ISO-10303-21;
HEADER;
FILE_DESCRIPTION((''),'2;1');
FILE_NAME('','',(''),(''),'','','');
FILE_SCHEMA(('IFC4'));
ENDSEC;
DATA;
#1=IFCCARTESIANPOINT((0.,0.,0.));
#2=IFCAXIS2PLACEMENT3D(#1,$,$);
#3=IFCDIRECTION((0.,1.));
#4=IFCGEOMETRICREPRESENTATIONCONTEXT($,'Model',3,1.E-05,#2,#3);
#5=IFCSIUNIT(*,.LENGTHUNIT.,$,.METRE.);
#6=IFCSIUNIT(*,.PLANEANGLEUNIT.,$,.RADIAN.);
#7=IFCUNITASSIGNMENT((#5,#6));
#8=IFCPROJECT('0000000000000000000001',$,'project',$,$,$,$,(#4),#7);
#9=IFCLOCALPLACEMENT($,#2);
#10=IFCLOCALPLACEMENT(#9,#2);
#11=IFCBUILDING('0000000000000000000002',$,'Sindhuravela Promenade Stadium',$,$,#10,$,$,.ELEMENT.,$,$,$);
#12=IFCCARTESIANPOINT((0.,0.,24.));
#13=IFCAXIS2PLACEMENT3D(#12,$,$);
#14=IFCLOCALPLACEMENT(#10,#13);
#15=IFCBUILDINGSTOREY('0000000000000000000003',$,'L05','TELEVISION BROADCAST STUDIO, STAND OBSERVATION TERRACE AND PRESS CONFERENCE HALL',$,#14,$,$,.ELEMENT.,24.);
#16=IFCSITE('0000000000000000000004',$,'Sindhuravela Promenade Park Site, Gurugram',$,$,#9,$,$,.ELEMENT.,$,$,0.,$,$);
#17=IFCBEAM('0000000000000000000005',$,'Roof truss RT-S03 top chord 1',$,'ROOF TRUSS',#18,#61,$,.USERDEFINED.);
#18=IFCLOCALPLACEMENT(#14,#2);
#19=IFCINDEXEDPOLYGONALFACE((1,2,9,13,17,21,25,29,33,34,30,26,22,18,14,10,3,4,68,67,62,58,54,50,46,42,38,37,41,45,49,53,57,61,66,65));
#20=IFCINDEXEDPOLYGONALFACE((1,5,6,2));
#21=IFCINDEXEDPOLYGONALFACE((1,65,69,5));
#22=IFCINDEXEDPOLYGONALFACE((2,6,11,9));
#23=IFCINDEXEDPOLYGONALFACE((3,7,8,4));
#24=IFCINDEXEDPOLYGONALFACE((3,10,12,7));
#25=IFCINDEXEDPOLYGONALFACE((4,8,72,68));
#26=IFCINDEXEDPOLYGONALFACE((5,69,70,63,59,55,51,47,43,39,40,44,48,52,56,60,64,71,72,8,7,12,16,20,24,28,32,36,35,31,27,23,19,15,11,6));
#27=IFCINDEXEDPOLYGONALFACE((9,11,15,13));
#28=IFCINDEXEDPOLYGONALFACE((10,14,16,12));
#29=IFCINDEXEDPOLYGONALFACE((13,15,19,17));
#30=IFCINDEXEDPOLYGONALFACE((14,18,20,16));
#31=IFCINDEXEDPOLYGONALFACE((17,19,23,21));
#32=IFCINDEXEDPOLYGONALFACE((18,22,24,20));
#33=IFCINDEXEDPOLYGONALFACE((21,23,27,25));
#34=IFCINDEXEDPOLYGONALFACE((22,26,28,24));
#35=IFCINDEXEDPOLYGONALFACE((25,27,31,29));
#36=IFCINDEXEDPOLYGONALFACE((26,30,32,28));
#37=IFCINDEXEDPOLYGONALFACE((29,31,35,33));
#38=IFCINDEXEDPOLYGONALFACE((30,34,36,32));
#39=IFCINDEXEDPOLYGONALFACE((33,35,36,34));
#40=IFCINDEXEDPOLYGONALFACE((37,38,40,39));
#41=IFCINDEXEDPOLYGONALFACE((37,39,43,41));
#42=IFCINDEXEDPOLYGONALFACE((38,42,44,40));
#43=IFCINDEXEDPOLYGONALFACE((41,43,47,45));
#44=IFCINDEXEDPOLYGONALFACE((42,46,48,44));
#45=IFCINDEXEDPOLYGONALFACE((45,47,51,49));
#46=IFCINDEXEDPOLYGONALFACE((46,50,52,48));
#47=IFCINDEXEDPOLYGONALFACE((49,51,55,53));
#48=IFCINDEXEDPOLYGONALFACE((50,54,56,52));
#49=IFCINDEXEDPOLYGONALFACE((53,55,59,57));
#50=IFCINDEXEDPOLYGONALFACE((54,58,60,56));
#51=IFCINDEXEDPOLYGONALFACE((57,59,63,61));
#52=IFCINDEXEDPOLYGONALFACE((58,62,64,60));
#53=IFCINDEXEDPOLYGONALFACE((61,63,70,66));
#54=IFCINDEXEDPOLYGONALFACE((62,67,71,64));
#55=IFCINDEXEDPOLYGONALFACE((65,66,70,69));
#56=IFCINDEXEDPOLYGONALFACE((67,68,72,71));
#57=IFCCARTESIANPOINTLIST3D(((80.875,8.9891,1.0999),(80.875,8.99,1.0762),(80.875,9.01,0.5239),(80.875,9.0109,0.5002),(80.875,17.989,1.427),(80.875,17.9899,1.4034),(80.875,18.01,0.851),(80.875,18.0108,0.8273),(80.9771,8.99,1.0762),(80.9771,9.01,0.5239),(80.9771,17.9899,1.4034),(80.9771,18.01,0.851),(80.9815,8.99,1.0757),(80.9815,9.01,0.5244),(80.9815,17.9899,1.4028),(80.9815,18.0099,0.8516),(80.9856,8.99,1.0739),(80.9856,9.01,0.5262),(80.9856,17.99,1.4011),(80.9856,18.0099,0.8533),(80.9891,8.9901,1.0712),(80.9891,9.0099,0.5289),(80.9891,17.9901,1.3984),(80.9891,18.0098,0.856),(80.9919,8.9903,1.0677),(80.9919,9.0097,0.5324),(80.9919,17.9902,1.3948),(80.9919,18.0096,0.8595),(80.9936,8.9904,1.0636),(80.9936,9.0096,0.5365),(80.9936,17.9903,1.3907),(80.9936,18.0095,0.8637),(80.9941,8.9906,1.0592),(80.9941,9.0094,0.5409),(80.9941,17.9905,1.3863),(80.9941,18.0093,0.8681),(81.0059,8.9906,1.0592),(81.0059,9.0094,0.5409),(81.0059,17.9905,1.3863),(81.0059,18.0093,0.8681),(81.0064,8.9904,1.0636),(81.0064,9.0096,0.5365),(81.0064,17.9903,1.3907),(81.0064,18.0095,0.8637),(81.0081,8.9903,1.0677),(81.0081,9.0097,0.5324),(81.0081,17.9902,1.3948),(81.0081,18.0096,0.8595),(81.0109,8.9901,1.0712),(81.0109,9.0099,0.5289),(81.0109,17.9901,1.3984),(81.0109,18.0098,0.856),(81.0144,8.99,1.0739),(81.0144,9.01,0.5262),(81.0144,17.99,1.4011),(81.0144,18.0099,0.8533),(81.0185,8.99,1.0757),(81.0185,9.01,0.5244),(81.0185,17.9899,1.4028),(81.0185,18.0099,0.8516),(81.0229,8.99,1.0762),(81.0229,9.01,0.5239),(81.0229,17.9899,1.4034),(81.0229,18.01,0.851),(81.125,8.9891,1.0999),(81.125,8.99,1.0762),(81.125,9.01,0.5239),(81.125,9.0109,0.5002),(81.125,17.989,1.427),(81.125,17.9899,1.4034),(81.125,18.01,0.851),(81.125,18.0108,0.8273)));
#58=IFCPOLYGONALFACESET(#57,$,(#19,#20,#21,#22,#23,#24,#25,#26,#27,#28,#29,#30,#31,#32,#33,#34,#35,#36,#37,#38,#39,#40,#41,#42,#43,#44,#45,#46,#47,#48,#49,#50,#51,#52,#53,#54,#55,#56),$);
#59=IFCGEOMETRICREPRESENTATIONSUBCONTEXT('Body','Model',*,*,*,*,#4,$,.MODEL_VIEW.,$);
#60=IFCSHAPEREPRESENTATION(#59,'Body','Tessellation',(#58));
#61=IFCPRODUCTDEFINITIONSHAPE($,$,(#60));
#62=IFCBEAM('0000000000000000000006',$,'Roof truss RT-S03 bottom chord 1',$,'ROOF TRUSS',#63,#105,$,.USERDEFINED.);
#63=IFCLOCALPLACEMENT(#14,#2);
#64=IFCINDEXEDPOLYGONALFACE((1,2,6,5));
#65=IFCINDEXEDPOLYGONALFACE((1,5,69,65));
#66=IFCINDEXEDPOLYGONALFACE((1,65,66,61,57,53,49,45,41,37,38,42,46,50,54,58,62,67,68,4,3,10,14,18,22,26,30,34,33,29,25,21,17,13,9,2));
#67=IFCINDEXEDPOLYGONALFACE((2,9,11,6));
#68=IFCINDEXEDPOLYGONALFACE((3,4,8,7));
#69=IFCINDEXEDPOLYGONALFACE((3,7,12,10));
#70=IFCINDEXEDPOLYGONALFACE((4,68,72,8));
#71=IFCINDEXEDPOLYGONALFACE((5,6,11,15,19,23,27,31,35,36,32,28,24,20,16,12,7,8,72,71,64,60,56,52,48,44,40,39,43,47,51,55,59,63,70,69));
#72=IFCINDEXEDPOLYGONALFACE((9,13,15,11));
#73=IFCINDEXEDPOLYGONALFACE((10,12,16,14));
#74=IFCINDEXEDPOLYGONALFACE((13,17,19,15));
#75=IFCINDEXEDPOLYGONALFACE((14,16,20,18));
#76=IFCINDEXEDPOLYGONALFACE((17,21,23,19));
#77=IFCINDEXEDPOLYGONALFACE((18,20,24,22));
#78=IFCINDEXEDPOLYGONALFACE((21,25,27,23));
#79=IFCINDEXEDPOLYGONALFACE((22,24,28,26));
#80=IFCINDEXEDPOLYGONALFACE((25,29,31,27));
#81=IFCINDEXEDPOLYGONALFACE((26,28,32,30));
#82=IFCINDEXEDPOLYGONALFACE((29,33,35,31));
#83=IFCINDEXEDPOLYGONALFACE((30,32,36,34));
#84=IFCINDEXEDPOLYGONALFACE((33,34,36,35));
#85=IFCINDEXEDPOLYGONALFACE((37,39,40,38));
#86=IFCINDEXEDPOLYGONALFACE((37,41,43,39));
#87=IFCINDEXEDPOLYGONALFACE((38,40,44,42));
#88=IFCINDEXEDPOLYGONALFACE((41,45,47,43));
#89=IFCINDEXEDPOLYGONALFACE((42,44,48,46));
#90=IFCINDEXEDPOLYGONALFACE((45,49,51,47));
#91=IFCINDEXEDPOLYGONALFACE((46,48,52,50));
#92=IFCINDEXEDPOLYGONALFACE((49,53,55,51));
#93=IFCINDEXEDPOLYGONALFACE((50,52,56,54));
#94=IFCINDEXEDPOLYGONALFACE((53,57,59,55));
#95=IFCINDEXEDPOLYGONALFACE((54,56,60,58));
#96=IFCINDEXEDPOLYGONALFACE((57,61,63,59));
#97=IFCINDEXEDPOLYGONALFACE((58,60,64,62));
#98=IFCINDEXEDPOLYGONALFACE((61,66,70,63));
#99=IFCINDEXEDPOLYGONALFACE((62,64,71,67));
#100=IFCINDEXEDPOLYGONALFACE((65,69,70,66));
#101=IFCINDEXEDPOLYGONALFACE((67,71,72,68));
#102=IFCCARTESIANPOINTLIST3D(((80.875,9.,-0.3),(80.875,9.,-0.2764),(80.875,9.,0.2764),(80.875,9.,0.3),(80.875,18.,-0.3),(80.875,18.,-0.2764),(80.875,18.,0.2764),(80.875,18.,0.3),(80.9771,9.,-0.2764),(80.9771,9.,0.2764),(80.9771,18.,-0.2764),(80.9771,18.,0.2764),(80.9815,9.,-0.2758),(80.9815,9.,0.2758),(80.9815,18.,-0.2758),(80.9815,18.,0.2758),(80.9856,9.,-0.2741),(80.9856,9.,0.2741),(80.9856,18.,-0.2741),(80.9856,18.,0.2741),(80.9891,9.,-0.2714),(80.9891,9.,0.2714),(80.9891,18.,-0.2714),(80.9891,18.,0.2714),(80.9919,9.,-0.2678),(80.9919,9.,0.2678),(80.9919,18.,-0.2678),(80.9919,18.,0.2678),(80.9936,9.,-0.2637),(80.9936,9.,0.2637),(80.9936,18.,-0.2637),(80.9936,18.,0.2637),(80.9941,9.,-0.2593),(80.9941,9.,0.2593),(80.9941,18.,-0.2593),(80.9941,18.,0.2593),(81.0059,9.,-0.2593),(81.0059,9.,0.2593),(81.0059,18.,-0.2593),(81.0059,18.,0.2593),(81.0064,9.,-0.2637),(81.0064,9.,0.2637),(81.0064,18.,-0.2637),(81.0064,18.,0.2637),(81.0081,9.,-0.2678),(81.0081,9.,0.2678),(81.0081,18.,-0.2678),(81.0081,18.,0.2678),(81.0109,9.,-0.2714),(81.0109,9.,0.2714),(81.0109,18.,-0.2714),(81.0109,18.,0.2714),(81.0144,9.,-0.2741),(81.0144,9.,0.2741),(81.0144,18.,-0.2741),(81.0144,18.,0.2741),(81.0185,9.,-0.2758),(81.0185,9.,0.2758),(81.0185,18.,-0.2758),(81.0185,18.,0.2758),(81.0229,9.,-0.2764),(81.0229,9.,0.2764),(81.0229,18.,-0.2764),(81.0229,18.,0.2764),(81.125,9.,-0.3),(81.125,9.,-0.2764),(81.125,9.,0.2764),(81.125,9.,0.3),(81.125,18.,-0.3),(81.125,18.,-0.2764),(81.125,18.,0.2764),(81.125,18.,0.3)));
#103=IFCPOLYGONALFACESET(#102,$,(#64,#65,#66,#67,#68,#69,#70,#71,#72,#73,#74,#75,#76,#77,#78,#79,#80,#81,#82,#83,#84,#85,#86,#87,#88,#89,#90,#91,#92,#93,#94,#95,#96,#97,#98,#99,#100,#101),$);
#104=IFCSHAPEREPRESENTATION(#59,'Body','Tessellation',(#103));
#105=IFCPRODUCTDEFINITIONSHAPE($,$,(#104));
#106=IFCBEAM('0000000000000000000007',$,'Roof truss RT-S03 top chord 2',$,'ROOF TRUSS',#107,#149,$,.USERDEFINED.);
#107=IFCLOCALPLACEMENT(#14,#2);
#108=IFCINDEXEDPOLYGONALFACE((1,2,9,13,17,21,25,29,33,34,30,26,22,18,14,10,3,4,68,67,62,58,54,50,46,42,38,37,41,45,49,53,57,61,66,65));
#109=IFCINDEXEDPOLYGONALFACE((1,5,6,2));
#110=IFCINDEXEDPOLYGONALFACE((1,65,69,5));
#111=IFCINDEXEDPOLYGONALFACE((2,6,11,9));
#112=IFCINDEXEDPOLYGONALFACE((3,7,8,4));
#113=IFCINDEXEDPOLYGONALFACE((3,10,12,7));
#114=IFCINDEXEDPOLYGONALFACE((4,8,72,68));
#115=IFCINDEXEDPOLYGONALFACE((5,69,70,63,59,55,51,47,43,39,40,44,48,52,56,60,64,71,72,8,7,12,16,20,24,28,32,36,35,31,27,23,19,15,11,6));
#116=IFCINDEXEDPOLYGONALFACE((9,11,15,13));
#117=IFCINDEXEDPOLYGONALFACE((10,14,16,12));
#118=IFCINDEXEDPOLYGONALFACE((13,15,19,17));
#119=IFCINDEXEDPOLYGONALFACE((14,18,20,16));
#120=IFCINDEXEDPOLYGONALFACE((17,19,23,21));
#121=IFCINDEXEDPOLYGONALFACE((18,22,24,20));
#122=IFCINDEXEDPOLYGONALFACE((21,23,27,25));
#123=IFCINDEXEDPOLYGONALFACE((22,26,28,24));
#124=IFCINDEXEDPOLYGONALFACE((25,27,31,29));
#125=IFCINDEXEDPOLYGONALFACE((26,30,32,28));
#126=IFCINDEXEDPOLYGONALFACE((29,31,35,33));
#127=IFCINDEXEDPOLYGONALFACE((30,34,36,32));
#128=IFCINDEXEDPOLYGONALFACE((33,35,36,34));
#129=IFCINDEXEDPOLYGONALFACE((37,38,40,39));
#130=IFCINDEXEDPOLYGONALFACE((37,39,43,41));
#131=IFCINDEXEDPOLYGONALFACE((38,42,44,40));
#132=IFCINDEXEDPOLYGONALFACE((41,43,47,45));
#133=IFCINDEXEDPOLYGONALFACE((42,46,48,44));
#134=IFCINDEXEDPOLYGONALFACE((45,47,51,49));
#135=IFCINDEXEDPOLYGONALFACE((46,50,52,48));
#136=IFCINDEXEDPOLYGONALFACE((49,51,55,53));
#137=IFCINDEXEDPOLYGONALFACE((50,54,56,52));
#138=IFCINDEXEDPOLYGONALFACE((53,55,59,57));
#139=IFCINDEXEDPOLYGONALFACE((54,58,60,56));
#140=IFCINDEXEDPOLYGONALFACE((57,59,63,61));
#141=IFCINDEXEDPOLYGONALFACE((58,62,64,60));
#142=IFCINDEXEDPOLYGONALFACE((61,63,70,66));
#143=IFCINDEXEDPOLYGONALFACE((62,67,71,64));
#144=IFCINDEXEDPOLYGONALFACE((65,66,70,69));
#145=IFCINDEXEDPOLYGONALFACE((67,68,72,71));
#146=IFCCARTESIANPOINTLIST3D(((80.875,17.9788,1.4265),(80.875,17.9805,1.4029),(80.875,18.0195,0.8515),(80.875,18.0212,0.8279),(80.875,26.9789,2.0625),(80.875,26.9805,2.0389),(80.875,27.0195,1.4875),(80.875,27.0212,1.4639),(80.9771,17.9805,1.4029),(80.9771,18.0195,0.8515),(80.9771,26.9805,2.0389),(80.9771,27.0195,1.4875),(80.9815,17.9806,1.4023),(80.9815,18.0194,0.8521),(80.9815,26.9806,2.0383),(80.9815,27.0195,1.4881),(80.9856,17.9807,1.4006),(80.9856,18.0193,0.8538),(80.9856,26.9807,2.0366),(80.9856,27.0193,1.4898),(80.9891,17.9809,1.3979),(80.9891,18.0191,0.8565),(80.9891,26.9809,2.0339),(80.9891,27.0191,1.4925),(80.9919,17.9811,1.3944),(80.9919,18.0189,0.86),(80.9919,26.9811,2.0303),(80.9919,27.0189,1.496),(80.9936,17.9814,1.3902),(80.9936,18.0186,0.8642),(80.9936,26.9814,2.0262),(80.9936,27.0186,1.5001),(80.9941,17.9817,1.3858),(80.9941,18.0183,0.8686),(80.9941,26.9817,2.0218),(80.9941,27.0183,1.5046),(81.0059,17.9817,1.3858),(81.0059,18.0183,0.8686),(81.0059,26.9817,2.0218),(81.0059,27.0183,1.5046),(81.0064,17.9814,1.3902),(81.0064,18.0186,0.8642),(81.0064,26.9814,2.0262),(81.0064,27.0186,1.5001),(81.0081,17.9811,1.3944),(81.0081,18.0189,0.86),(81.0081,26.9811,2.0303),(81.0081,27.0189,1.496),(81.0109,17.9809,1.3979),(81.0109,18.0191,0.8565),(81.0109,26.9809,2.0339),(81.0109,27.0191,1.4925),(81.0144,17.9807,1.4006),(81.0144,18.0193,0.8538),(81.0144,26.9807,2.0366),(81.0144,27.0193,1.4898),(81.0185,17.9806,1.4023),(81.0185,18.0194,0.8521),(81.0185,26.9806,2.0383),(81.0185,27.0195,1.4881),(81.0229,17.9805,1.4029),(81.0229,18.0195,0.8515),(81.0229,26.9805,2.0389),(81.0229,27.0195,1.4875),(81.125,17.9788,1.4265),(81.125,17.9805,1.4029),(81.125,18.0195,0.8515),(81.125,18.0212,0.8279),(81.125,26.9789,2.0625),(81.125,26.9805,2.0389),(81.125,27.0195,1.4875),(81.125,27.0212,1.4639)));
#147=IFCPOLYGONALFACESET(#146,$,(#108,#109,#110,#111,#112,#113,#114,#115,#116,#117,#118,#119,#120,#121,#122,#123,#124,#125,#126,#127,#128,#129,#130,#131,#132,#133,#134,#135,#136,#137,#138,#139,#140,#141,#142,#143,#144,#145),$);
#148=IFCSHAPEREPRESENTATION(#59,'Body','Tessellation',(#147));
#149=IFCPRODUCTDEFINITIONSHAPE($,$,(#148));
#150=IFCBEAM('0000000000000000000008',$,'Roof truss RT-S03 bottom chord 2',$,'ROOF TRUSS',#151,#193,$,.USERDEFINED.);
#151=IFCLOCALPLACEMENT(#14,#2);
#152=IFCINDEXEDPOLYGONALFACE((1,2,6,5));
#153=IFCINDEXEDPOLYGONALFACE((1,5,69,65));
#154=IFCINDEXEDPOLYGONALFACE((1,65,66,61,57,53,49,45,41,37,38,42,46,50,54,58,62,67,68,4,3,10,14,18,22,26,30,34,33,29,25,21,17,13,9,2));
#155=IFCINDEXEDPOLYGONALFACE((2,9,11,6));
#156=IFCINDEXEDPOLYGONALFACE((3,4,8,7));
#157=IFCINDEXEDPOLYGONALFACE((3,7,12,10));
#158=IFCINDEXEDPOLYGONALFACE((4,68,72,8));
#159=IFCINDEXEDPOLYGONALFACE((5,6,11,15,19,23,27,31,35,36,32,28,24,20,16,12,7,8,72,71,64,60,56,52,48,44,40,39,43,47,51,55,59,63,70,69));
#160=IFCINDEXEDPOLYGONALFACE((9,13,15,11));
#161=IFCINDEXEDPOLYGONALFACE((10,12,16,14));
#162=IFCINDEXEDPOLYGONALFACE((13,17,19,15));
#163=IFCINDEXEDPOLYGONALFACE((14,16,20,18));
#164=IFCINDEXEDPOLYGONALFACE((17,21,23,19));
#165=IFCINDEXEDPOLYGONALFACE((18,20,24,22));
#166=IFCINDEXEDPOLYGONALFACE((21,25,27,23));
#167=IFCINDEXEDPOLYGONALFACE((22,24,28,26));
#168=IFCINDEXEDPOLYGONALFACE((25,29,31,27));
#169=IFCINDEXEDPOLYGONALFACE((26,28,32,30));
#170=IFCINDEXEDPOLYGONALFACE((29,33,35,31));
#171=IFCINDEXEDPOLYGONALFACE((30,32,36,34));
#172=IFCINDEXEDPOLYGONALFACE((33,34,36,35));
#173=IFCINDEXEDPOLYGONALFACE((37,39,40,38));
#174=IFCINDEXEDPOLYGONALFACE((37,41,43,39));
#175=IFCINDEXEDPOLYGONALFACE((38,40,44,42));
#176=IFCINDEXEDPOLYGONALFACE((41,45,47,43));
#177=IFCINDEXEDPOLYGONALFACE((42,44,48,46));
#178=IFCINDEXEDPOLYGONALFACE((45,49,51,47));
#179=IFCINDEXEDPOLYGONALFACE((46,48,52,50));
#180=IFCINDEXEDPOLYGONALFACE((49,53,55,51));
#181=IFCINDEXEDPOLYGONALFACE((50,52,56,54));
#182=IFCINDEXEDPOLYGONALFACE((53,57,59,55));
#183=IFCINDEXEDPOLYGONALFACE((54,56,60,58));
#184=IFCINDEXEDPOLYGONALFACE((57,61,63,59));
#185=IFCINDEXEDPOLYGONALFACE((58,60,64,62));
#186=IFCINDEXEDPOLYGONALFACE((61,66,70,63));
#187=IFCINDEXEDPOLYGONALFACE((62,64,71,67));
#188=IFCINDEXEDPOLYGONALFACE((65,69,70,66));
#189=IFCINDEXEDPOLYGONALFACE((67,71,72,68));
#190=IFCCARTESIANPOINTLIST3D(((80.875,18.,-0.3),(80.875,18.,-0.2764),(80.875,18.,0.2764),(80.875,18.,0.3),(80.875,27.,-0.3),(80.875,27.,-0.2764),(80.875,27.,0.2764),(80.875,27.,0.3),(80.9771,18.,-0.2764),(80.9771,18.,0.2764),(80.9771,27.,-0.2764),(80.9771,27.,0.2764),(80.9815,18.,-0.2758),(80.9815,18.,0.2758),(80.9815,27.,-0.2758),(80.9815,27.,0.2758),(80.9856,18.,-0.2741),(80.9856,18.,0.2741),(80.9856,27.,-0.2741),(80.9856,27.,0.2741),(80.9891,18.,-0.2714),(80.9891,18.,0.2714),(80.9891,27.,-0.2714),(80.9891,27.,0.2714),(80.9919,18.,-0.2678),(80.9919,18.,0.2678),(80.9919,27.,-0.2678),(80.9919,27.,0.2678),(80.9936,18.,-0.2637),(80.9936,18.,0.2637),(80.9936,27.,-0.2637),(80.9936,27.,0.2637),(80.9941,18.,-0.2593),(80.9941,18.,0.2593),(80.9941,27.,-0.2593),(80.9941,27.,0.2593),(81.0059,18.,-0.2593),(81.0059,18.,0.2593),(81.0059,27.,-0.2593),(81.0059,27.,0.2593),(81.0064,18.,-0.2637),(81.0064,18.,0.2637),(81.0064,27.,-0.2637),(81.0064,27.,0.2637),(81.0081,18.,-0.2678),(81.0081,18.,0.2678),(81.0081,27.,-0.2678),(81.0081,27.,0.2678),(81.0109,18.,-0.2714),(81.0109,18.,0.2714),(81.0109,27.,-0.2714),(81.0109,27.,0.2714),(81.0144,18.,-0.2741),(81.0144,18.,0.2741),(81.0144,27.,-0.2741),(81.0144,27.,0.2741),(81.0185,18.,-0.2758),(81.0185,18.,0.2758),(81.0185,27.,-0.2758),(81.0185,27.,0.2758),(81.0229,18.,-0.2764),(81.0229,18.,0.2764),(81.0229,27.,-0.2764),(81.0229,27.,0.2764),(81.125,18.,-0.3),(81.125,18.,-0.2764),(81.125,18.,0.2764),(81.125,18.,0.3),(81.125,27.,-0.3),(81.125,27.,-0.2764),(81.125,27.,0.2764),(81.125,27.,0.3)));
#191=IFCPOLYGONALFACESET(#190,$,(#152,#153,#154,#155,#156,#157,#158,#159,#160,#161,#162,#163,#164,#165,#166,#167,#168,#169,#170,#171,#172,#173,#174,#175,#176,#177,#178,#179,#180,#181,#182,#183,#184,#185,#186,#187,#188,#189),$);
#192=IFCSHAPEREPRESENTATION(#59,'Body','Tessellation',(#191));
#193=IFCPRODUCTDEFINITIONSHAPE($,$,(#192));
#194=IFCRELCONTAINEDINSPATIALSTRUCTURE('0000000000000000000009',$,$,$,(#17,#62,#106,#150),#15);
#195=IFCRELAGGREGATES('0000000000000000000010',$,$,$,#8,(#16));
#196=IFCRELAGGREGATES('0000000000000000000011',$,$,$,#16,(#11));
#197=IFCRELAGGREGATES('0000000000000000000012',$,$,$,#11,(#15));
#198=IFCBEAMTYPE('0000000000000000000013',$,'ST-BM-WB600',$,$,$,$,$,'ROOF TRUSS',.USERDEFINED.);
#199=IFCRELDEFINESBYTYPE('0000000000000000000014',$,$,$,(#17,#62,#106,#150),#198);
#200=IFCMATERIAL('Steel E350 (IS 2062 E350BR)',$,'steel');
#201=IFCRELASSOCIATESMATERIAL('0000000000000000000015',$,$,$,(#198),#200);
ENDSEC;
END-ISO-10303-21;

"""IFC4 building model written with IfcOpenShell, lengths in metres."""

from ifc_helpers import new_model, si_unit, direction, frame, origin, origin_2d, place, context, subcontext, project, spatial, i_section, extrude, material, material_profile, profile_set, type_object, element, save


model = new_model("IFC4")

# Units and contexts
model_context = context("Model", 3, precision=1e-05, world=origin(), true_north=direction((0.0, 1.0)))
body_context = subcontext(model_context, "Body", "Model", "MODEL_VIEW")
ifc_project = project(units=[si_unit("LENGTHUNIT", "METRE"), si_unit("PLANEANGLEUNIT", "RADIAN")], contexts=[model_context])

# Site, building, storey
site_placement = place(None, origin())
site = spatial("IfcSite", under=ifc_project, at=site_placement, Name="Sindhuravela Promenade Park Site, Gurugram", CompositionType="ELEMENT", RefElevation=0.0)
building_placement = place(site_placement, origin())
building = spatial("IfcBuilding", under=site, at=building_placement, Name="Sindhuravela Promenade Stadium", CompositionType="ELEMENT")
storey_placement = place(building_placement, frame((0.0, 0.0, 24.0)))
storey = spatial("IfcBuildingStorey", under=building, at=storey_placement, Name="L05", Description="TELEVISION BROADCAST STUDIO, STAND OBSERVATION TERRACE AND PRESS CONFERENCE HALL", CompositionType="ELEMENT", Elevation=24.0)

# Beams
ifc_material_1 = material(Name="Steel E350 (IS 2062 E350BR)", Category="steel")
ifc_material_profile_1 = material_profile(ifc_material_1, i_section(OverallWidth=0.25, OverallDepth=0.6001, WebThickness=0.0117, FlangeThickness=0.0237, FilletRadius=0.0171, at=origin_2d()), Name="ISWB 600")
ifc_profile_set_1 = profile_set([ifc_material_profile_1], Name="Steel E350 (IS 2062 E350BR)")
beam_type = type_object("IfcBeamType", Name="ST-BM-WB600", ElementType="ROOF TRUSS", PredefinedType="USERDEFINED", material=ifc_profile_set_1)
beam_1_placement = place(storey_placement, frame((81.0, 9.0, 0.8), z_axis=(0.0, 0.99934, 0.036326), x_axis=(-1.0, 0.0, 0.0)))
element("IfcBeam", 1, at=beam_1_placement, inside=storey, type_object=beam_type, Name="Roof truss RT-S03 top chord 1", ObjectType="ROOF TRUSS", PredefinedType="USERDEFINED", context=body_context, shape_type="SweptSolid", body=[
    extrude(i_section(OverallWidth=0.25, OverallDepth=0.6001, WebThickness=0.0117, FlangeThickness=0.0237, FilletRadius=0.0171, at=origin_2d()), origin(), (0.0, 0.0, 1.0), 9.0059),
])
beam_2_placement = place(storey_placement, frame((81.0, 9.0, 0.0), z_axis=(0.0, 1.0, 0.0), x_axis=(-1.0, 0.0, 0.0)))
element("IfcBeam", 2, at=beam_2_placement, inside=storey, type_object=beam_type, Name="Roof truss RT-S03 bottom chord 1", ObjectType="ROOF TRUSS", PredefinedType="USERDEFINED", context=body_context, shape_type="SweptSolid", body=[
    extrude(i_section(OverallWidth=0.25, OverallDepth=0.6001, WebThickness=0.0117, FlangeThickness=0.0237, FilletRadius=0.0171, at=origin_2d()), origin(), (0.0, 0.0, 1.0), 9.0),
])
beam_3_placement = place(storey_placement, frame((81.0, 18.0, 1.1272), z_axis=(0.0, 0.997513, 0.070489), x_axis=(-1.0, 0.0, 0.0)))
element("IfcBeam", 3, at=beam_3_placement, inside=storey, type_object=beam_type, Name="Roof truss RT-S03 top chord 2", ObjectType="ROOF TRUSS", PredefinedType="USERDEFINED", context=body_context, shape_type="SweptSolid", body=[
    extrude(i_section(OverallWidth=0.25, OverallDepth=0.6001, WebThickness=0.0117, FlangeThickness=0.0237, FilletRadius=0.0171, at=origin_2d()), origin(), (0.0, 0.0, 1.0), 9.0225),
])
beam_4_placement = place(storey_placement, frame((81.0, 18.0, 0.0), z_axis=(0.0, 1.0, 0.0), x_axis=(-1.0, 0.0, 0.0)))
element("IfcBeam", 4, at=beam_4_placement, inside=storey, type_object=beam_type, Name="Roof truss RT-S03 bottom chord 2", ObjectType="ROOF TRUSS", PredefinedType="USERDEFINED", context=body_context, shape_type="SweptSolid", body=[
    extrude(i_section(OverallWidth=0.25, OverallDepth=0.6001, WebThickness=0.0117, FlangeThickness=0.0237, FilletRadius=0.0171, at=origin_2d()), origin(), (0.0, 0.0, 1.0), 9.0),
])

save(model, "model.ifc")
